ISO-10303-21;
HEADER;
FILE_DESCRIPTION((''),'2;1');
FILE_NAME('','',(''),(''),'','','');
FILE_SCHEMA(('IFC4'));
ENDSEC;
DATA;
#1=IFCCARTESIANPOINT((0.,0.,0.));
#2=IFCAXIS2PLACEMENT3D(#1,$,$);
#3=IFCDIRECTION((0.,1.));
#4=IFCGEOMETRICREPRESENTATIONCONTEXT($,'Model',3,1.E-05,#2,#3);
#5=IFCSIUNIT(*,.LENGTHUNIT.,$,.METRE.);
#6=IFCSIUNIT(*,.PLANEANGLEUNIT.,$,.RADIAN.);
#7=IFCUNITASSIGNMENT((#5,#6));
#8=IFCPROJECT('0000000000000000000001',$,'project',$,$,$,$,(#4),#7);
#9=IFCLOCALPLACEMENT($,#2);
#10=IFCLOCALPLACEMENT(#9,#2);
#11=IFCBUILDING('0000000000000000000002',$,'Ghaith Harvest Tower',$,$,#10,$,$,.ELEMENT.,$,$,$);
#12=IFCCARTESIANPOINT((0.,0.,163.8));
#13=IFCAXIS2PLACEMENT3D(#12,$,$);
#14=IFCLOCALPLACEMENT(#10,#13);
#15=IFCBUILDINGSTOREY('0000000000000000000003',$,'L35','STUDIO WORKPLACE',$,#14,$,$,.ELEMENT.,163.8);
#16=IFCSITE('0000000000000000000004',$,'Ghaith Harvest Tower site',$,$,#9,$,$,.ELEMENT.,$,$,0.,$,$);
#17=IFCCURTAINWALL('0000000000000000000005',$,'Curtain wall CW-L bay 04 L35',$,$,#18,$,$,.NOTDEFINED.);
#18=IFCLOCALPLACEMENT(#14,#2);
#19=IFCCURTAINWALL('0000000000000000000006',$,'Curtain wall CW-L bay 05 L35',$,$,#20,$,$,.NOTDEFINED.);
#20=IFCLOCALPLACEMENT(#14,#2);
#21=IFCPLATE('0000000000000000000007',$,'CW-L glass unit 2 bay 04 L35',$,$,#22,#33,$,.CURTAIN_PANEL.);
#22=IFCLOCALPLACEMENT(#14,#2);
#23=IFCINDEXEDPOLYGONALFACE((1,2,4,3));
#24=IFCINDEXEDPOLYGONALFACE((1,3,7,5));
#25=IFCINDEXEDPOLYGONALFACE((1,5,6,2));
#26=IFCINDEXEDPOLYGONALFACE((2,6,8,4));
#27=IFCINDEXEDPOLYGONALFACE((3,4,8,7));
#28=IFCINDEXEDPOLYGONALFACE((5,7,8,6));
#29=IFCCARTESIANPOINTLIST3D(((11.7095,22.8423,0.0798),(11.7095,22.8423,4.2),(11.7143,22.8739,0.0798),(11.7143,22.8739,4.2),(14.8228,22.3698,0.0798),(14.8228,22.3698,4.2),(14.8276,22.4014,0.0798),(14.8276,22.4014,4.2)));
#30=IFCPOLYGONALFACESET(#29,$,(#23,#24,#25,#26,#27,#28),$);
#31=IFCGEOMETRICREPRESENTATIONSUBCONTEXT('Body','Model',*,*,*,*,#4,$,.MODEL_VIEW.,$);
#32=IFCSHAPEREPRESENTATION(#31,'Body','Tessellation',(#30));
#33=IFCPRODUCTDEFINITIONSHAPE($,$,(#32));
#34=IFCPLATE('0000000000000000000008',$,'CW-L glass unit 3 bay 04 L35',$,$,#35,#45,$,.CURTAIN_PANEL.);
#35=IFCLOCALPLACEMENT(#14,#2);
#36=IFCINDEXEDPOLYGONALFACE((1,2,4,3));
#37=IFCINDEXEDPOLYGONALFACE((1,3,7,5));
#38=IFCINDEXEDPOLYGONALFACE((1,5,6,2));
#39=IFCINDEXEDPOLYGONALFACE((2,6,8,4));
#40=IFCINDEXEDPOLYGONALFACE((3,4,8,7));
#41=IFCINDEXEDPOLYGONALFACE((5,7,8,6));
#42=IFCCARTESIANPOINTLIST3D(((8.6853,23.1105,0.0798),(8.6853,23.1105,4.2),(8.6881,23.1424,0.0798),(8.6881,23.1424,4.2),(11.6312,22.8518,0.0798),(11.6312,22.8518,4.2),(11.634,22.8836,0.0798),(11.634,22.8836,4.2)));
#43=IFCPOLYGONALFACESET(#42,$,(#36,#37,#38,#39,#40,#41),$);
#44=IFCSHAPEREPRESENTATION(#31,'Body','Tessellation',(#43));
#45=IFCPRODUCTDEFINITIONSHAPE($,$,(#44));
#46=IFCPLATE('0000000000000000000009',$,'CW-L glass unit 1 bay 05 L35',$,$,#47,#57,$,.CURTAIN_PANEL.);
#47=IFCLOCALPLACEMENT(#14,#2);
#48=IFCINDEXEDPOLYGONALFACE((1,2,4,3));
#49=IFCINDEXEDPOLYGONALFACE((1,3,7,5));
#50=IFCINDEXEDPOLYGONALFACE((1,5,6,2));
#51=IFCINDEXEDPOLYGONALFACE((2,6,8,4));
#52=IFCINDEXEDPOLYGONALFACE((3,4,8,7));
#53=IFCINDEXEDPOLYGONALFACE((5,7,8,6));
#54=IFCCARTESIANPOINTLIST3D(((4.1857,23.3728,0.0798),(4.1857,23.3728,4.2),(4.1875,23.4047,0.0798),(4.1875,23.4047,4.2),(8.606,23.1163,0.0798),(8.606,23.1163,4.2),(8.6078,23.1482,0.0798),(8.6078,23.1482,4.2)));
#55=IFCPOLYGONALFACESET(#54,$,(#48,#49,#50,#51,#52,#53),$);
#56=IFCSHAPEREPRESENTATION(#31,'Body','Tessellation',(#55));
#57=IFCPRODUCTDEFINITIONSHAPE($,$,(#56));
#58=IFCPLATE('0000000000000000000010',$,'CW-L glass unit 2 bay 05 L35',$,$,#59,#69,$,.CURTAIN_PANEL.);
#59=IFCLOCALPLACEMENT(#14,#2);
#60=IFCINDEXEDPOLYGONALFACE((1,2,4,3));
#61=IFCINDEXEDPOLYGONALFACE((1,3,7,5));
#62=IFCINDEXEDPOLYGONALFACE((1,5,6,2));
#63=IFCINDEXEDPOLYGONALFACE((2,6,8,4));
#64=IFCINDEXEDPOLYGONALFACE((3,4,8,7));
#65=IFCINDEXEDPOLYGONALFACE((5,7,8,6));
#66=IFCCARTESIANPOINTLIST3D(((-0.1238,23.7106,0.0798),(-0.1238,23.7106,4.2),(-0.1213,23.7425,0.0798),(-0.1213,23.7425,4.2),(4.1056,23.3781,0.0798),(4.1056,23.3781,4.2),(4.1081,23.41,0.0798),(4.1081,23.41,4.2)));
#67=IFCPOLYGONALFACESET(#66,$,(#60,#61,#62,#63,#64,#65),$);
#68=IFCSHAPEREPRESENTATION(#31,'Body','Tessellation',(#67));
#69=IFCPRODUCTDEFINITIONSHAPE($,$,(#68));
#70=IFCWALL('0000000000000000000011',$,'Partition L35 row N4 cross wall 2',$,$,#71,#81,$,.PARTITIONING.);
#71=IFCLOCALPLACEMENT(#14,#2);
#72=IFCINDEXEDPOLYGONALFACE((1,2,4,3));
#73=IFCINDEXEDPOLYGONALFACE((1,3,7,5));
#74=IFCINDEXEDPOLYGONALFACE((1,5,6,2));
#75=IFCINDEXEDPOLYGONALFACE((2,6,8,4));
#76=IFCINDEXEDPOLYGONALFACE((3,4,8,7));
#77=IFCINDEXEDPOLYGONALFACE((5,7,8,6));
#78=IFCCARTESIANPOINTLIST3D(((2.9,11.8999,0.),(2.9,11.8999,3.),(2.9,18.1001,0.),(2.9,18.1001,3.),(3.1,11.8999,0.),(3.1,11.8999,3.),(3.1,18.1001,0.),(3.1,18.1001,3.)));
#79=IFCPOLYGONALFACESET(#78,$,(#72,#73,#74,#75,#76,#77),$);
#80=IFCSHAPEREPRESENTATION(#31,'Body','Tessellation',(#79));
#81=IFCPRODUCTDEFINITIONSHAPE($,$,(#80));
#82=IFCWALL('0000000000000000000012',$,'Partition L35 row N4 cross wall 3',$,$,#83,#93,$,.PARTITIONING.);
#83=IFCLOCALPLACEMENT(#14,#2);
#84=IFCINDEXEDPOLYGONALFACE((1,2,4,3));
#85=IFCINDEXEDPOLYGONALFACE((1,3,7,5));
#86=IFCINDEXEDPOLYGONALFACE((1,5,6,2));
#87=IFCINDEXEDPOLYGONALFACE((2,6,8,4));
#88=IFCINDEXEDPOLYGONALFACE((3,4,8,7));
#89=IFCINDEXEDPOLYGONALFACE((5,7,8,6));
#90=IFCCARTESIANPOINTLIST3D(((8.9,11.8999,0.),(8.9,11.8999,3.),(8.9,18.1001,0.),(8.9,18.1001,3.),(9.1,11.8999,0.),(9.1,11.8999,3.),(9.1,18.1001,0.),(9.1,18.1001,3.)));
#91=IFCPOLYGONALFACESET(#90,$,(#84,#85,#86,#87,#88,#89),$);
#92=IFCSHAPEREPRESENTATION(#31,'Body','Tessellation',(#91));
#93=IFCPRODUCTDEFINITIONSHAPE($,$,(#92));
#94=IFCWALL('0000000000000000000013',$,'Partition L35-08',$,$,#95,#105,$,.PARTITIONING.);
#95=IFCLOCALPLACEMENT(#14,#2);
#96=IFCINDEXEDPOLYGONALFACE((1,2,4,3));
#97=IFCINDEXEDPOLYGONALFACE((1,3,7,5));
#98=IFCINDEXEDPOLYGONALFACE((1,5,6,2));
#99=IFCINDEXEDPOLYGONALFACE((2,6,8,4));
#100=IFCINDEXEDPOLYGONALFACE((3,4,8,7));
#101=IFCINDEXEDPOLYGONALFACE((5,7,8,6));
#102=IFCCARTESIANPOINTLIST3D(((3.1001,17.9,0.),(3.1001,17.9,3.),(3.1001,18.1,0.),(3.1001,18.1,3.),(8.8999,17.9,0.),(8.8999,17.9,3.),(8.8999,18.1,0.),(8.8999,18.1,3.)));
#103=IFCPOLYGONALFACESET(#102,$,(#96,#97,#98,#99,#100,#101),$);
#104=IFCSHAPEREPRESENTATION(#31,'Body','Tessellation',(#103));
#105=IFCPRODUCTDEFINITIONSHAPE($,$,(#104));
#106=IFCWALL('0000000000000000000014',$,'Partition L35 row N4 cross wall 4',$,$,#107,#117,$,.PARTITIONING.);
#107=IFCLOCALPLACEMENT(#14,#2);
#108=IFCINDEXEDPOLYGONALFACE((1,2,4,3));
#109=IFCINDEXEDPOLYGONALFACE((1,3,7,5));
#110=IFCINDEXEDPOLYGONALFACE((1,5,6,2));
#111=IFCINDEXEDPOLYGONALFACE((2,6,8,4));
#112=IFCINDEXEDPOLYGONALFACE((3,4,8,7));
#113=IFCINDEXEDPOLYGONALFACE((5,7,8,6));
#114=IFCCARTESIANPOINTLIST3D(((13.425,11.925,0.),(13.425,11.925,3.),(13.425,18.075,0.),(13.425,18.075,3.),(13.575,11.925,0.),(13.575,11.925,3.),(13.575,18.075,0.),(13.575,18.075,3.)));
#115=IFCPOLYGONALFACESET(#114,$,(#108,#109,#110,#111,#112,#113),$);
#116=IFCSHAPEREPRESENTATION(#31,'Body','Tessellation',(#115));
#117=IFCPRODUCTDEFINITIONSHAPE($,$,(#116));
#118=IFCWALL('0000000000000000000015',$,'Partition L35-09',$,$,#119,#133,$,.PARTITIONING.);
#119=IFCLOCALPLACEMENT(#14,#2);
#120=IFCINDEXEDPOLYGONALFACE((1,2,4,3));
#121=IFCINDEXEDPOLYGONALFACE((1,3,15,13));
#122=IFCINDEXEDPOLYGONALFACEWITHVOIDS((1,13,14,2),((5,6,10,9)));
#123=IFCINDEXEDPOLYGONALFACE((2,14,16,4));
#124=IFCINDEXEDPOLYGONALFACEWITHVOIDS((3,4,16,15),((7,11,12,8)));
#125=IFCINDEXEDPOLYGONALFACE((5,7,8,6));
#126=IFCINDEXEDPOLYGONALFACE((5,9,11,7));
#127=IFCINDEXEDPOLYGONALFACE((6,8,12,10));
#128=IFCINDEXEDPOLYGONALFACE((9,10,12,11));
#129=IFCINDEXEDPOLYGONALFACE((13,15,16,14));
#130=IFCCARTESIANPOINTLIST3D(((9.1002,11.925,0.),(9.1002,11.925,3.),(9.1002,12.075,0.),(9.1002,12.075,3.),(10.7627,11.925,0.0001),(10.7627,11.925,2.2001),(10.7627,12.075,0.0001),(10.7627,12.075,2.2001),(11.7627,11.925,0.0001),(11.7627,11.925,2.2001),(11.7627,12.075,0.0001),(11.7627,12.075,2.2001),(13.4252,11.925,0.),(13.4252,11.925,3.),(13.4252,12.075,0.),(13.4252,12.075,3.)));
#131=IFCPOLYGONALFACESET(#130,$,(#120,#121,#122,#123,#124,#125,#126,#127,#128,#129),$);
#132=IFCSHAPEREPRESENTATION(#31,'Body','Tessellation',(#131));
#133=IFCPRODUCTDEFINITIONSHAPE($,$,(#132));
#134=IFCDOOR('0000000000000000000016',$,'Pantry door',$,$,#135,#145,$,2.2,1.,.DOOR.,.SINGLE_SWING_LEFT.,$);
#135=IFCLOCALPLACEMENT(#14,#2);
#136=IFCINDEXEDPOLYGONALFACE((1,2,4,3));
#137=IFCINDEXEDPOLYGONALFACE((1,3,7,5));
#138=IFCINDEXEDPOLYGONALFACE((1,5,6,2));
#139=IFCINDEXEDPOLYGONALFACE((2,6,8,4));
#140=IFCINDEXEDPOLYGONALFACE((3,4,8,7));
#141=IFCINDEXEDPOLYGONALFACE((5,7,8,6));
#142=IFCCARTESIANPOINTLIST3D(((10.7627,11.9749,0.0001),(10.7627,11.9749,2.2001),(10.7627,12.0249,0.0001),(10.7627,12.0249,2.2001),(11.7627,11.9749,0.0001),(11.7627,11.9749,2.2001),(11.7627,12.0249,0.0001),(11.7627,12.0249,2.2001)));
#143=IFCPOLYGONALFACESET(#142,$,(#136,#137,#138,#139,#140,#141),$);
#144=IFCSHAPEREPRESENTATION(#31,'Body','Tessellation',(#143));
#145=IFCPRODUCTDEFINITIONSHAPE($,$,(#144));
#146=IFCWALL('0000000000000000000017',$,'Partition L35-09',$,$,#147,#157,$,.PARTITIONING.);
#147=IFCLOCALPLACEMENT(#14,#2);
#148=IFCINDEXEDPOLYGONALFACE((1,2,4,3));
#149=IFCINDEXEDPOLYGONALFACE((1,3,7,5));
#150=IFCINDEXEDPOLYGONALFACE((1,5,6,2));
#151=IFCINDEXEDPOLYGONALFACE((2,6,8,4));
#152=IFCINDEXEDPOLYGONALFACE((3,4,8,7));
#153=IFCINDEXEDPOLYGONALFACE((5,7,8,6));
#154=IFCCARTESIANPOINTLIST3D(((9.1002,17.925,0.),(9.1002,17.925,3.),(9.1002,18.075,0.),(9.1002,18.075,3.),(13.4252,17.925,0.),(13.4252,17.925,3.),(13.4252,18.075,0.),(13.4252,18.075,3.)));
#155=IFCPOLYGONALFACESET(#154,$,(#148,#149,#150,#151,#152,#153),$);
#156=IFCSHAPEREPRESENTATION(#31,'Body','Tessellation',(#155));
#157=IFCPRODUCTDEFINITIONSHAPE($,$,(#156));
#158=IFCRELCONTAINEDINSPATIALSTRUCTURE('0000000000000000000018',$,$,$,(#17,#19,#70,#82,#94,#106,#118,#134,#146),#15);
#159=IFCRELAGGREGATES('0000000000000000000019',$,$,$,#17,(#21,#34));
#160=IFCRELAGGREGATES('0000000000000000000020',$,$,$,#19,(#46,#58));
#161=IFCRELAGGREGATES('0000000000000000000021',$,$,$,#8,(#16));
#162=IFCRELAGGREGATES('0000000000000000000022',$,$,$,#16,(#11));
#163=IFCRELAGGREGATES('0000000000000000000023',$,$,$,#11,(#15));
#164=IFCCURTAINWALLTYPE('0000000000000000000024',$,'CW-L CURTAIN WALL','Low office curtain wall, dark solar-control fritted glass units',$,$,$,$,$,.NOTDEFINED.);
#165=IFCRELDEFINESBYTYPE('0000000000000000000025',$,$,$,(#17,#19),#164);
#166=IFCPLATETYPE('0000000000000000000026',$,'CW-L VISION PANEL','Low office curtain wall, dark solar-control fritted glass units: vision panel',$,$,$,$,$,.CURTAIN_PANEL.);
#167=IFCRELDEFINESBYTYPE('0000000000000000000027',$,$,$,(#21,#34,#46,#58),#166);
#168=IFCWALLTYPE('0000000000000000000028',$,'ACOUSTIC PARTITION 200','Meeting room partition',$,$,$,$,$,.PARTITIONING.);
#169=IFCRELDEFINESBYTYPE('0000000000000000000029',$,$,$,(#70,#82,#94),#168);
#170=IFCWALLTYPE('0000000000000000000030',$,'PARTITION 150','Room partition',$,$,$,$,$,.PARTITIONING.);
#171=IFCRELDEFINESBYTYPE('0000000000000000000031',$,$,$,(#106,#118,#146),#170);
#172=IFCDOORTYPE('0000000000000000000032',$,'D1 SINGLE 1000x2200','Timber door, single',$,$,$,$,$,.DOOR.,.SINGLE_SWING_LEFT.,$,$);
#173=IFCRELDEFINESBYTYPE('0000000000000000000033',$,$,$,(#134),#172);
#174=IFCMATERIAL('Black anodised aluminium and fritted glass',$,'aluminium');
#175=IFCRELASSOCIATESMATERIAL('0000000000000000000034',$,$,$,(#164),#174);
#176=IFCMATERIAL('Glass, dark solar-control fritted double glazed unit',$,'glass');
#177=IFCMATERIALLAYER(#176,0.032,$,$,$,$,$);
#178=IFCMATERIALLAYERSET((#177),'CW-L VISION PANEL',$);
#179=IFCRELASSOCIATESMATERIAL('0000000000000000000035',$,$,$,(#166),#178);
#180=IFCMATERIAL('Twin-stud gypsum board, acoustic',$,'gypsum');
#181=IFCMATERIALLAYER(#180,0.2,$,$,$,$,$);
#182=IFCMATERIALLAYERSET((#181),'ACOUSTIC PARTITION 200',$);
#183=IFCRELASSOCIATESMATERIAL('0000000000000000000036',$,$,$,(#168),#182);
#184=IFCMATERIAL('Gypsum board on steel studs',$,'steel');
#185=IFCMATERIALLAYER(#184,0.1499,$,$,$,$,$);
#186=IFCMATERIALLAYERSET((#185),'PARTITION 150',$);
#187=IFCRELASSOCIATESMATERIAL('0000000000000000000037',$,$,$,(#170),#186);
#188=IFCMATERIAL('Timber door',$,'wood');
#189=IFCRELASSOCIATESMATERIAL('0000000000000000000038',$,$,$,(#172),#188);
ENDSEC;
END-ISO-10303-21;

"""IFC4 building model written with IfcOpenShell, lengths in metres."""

from ifc_helpers import new_model, si_unit, direction, frame, frame_2d, origin, origin_2d, place, context, subcontext, project, spatial, rectangle, extrude, material, layer, layer_set, type_object, element, fill, aggregate, save


model = new_model("IFC4")

# Units and contexts
model_context = context("Model", 3, precision=1e-05, world=origin(), true_north=direction((0.0, 1.0)))
body_context = subcontext(model_context, "Body", "Model", "MODEL_VIEW")
ifc_project = project(units=[si_unit("LENGTHUNIT", "METRE"), si_unit("PLANEANGLEUNIT", "RADIAN")], contexts=[model_context])

# Site, building, storey
site_placement = place(None, origin())
site = spatial("IfcSite", under=ifc_project, at=site_placement, Name="Ghaith Harvest Tower site", CompositionType="ELEMENT", RefElevation=0.0)
building_placement = place(site_placement, origin())
building = spatial("IfcBuilding", under=site, at=building_placement, Name="Ghaith Harvest Tower", CompositionType="ELEMENT")
storey_placement = place(building_placement, frame((0.0, 0.0, 163.8)))
storey = spatial("IfcBuildingStorey", under=building, at=storey_placement, Name="L35", Description="STUDIO WORKPLACE", CompositionType="ELEMENT", Elevation=163.8)

# Curtain wall
ifc_material_1 = material(Name="Black anodised aluminium and fritted glass", Category="aluminium")
curtain_wall_type = type_object("IfcCurtainWallType", Name="CW-L CURTAIN WALL", Description="Low office curtain wall, dark solar-control fritted glass units", PredefinedType="NOTDEFINED", material=ifc_material_1)
curtain_wall_1_placement = place(storey_placement, origin())
curtain_wall_1 = element("IfcCurtainWall", 1, at=curtain_wall_1_placement, inside=storey, type_object=curtain_wall_type, Name="Curtain wall CW-L bay 04 L35", PredefinedType="NOTDEFINED")

# Curtain wall
curtain_wall_2_placement = place(storey_placement, origin())
curtain_wall_2 = element("IfcCurtainWall", 2, at=curtain_wall_2_placement, inside=storey, type_object=curtain_wall_type, Name="Curtain wall CW-L bay 05 L35", PredefinedType="NOTDEFINED")

# Plates
ifc_material_2 = material(Name="Glass, dark solar-control fritted double glazed unit", Category="glass")
ifc_layer_1 = layer(ifc_material_2, 0.032)
ifc_layer_set_1 = layer_set([ifc_layer_1], Name="CW-L VISION PANEL")
plate_type = type_object("IfcPlateType", Name="CW-L VISION PANEL", Description="Low office curtain wall, dark solar-control fritted glass units: vision panel", PredefinedType="CURTAIN_PANEL", material=ifc_layer_set_1)
plate_1_placement = place(storey_placement, frame((13.2686, 22.6218, 0.0798), z_axis=(0.0, 0.0, 1.0), x_axis=(-0.988679, 0.150048, 0.0)))
plate_1 = element("IfcPlate", 3, at=plate_1_placement, type_object=plate_type, Name="CW-L glass unit 2 bay 04 L35", PredefinedType="CURTAIN_PANEL", context=body_context, shape_type="SweptSolid", body=[
    extrude(rectangle(XDim=3.1489, YDim=0.032, at=origin_2d()), origin(), (0.0, 0.0, 1.0), 4.1201),
])
plate_2_placement = place(storey_placement, frame((10.1597, 22.9971, 0.0798), z_axis=(0.0, 0.0, 1.0), x_axis=(-0.996166, 0.087481, 0.0)))
plate_2 = element("IfcPlate", 4, at=plate_2_placement, type_object=plate_type, Name="CW-L glass unit 3 bay 04 L35", PredefinedType="CURTAIN_PANEL", context=body_context, shape_type="SweptSolid", body=[
    extrude(rectangle(XDim=2.9573, YDim=0.032, at=origin_2d()), origin(), (0.0, 0.0, 1.0), 4.1201),
])
aggregate(curtain_wall_1, [plate_1, plate_2])
plate_3_placement = place(storey_placement, frame((6.3967, 23.2605, 0.0798), z_axis=(0.0, 0.0, 1.0), x_axis=(-0.998321, 0.057927, 0.0)))
plate_3 = element("IfcPlate", 5, at=plate_3_placement, type_object=plate_type, Name="CW-L glass unit 1 bay 05 L35", PredefinedType="CURTAIN_PANEL", context=body_context, shape_type="SweptSolid", body=[
    extrude(rectangle(XDim=4.4277, YDim=0.032, at=origin_2d()), origin(), (0.0, 0.0, 1.0), 4.1201),
])
plate_4_placement = place(storey_placement, frame((1.9922, 23.5603, 0.0798), z_axis=(0.0, 0.0, 1.0), x_axis=(-0.996925, 0.07836, 0.0)))
plate_4 = element("IfcPlate", 6, at=plate_4_placement, type_object=plate_type, Name="CW-L glass unit 2 bay 05 L35", PredefinedType="CURTAIN_PANEL", context=body_context, shape_type="SweptSolid", body=[
    extrude(rectangle(XDim=4.2424, YDim=0.032, at=origin_2d()), origin(), (0.0, 0.0, 1.0), 4.1201),
])
aggregate(curtain_wall_2, [plate_3, plate_4])

# Walls
ifc_material_3 = material(Name="Twin-stud gypsum board, acoustic", Category="gypsum")
ifc_layer_2 = layer(ifc_material_3, 0.2)
ifc_layer_set_2 = layer_set([ifc_layer_2], Name="ACOUSTIC PARTITION 200")
wall_type_1 = type_object("IfcWallType", Name="ACOUSTIC PARTITION 200", Description="Meeting room partition", PredefinedType="PARTITIONING", material=ifc_layer_set_2)
for number, where, z_axis, x_axis, name in (
    (7, (3.0, 11.8999, 0.0), (0.0, 0.0, 1.0), (0.0, 1.0, 0.0), "Partition L35 row N4 cross wall 2"),
    (8, (9.0, 11.8999, 0.0), (0.0, 0.0, 1.0), (0.0, 1.0, 0.0), "Partition L35 row N4 cross wall 3"),
):
    element("IfcWall", number, at=place(storey_placement, frame(where, z_axis=z_axis, x_axis=x_axis)), inside=storey, type_object=wall_type_1, Name=name, PredefinedType="PARTITIONING", context=body_context, shape_type="SweptSolid", body=[
        extrude(rectangle(XDim=6.2002, YDim=0.2, at=frame_2d((3.1001, 0.0))), origin(), (0.0, 0.0, 1.0), 3.0),
    ])

# Walls
wall_1_placement = place(storey_placement, frame((3.1001, 18.0, 0.0), z_axis=(0.0, 0.0, 1.0), x_axis=(1.0, 0.0, 0.0)))
element("IfcWall", 9, at=wall_1_placement, inside=storey, type_object=wall_type_1, Name="Partition L35-08", PredefinedType="PARTITIONING", context=body_context, shape_type="SweptSolid", body=[
    extrude(rectangle(XDim=5.7998, YDim=0.2, at=frame_2d((2.8999, 0.0))), origin(), (0.0, 0.0, 1.0), 3.0),
])
ifc_material_4 = material(Name="Gypsum board on steel studs", Category="steel")
ifc_layer_3 = layer(ifc_material_4, 0.1499)
ifc_layer_set_3 = layer_set([ifc_layer_3], Name="PARTITION 150")
wall_type_2 = type_object("IfcWallType", Name="PARTITION 150", Description="Room partition", PredefinedType="PARTITIONING", material=ifc_layer_set_3)
wall_2_placement = place(storey_placement, frame((13.5, 11.925, 0.0), z_axis=(0.0, 0.0, 1.0), x_axis=(0.0, 1.0, 0.0)))
element("IfcWall", 10, at=wall_2_placement, inside=storey, type_object=wall_type_2, Name="Partition L35 row N4 cross wall 4", PredefinedType="PARTITIONING", context=body_context, shape_type="SweptSolid", body=[
    extrude(rectangle(XDim=6.1499, YDim=0.1499, at=frame_2d((3.075, 0.0))), origin(), (0.0, 0.0, 1.0), 3.0),
])

# Wall, opening, door
wall_3_placement = place(storey_placement, frame((9.1001, 12.0, 0.0), z_axis=(0.0, 0.0, 1.0), x_axis=(1.0, 0.0, 0.0)))
wall_3 = element("IfcWall", 11, at=wall_3_placement, inside=storey, type_object=wall_type_2, Name="Partition L35-09", PredefinedType="PARTITIONING", context=body_context, shape_type="SweptSolid", body=[
    extrude(rectangle(XDim=4.325, YDim=0.1499, at=frame_2d((2.1626, 0.0))), origin(), (0.0, 0.0, 1.0), 3.0),
])
opening_1_placement = place(wall_3_placement, frame((1.6626, 0.0, 0.0)))
opening_1 = element("IfcOpeningElement", 12, at=opening_1_placement, cuts=wall_3, PredefinedType="OPENING", context=body_context, shape_type="SweptSolid", body=[
    extrude(rectangle(XDim=1.0, YDim=2.2, at=frame_2d((0.5, 1.1001))), frame((0.0, 0.085, 0.0), z_axis=(0.0, -1.0, 0.0), x_axis=(1.0, 0.0, 0.0)), (0.0, 0.0, 1.0), 0.1699),
])
ifc_material_5 = material(Name="Timber door", Category="wood")
door_type_1 = type_object("IfcDoorType", Name="D1 SINGLE 1000x2200", Description="Timber door, single", OperationType="SINGLE_SWING_LEFT", PredefinedType="DOOR", material=ifc_material_5)
door_1_placement = place(opening_1_placement, origin())
door_1 = element("IfcDoor", 13, at=door_1_placement, inside=storey, type_object=door_type_1, Name="Pantry door", OperationType="SINGLE_SWING_LEFT", OverallHeight=2.2, OverallWidth=1.0, PredefinedType="DOOR", context=body_context, shape_type="SweptSolid", body=[
    extrude(rectangle(XDim=1.0, YDim=2.2, at=frame_2d((0.5, 1.1001))), frame((0.0, 0.0249, 0.0), z_axis=(0.0, -1.0, 0.0), x_axis=(1.0, 0.0, 0.0)), (0.0, 0.0, 1.0), 0.05),
])
fill(opening_1, door_1)

# Wall
wall_4_placement = place(storey_placement, frame((9.1001, 18.0, 0.0), z_axis=(0.0, 0.0, 1.0), x_axis=(1.0, 0.0, 0.0)))
element("IfcWall", 14, at=wall_4_placement, inside=storey, type_object=wall_type_2, Name="Partition L35-09", PredefinedType="PARTITIONING", context=body_context, shape_type="SweptSolid", body=[
    extrude(rectangle(XDim=4.325, YDim=0.1499, at=frame_2d((2.1626, 0.0))), origin(), (0.0, 0.0, 1.0), 3.0),
])

save(model, "model.ifc")
